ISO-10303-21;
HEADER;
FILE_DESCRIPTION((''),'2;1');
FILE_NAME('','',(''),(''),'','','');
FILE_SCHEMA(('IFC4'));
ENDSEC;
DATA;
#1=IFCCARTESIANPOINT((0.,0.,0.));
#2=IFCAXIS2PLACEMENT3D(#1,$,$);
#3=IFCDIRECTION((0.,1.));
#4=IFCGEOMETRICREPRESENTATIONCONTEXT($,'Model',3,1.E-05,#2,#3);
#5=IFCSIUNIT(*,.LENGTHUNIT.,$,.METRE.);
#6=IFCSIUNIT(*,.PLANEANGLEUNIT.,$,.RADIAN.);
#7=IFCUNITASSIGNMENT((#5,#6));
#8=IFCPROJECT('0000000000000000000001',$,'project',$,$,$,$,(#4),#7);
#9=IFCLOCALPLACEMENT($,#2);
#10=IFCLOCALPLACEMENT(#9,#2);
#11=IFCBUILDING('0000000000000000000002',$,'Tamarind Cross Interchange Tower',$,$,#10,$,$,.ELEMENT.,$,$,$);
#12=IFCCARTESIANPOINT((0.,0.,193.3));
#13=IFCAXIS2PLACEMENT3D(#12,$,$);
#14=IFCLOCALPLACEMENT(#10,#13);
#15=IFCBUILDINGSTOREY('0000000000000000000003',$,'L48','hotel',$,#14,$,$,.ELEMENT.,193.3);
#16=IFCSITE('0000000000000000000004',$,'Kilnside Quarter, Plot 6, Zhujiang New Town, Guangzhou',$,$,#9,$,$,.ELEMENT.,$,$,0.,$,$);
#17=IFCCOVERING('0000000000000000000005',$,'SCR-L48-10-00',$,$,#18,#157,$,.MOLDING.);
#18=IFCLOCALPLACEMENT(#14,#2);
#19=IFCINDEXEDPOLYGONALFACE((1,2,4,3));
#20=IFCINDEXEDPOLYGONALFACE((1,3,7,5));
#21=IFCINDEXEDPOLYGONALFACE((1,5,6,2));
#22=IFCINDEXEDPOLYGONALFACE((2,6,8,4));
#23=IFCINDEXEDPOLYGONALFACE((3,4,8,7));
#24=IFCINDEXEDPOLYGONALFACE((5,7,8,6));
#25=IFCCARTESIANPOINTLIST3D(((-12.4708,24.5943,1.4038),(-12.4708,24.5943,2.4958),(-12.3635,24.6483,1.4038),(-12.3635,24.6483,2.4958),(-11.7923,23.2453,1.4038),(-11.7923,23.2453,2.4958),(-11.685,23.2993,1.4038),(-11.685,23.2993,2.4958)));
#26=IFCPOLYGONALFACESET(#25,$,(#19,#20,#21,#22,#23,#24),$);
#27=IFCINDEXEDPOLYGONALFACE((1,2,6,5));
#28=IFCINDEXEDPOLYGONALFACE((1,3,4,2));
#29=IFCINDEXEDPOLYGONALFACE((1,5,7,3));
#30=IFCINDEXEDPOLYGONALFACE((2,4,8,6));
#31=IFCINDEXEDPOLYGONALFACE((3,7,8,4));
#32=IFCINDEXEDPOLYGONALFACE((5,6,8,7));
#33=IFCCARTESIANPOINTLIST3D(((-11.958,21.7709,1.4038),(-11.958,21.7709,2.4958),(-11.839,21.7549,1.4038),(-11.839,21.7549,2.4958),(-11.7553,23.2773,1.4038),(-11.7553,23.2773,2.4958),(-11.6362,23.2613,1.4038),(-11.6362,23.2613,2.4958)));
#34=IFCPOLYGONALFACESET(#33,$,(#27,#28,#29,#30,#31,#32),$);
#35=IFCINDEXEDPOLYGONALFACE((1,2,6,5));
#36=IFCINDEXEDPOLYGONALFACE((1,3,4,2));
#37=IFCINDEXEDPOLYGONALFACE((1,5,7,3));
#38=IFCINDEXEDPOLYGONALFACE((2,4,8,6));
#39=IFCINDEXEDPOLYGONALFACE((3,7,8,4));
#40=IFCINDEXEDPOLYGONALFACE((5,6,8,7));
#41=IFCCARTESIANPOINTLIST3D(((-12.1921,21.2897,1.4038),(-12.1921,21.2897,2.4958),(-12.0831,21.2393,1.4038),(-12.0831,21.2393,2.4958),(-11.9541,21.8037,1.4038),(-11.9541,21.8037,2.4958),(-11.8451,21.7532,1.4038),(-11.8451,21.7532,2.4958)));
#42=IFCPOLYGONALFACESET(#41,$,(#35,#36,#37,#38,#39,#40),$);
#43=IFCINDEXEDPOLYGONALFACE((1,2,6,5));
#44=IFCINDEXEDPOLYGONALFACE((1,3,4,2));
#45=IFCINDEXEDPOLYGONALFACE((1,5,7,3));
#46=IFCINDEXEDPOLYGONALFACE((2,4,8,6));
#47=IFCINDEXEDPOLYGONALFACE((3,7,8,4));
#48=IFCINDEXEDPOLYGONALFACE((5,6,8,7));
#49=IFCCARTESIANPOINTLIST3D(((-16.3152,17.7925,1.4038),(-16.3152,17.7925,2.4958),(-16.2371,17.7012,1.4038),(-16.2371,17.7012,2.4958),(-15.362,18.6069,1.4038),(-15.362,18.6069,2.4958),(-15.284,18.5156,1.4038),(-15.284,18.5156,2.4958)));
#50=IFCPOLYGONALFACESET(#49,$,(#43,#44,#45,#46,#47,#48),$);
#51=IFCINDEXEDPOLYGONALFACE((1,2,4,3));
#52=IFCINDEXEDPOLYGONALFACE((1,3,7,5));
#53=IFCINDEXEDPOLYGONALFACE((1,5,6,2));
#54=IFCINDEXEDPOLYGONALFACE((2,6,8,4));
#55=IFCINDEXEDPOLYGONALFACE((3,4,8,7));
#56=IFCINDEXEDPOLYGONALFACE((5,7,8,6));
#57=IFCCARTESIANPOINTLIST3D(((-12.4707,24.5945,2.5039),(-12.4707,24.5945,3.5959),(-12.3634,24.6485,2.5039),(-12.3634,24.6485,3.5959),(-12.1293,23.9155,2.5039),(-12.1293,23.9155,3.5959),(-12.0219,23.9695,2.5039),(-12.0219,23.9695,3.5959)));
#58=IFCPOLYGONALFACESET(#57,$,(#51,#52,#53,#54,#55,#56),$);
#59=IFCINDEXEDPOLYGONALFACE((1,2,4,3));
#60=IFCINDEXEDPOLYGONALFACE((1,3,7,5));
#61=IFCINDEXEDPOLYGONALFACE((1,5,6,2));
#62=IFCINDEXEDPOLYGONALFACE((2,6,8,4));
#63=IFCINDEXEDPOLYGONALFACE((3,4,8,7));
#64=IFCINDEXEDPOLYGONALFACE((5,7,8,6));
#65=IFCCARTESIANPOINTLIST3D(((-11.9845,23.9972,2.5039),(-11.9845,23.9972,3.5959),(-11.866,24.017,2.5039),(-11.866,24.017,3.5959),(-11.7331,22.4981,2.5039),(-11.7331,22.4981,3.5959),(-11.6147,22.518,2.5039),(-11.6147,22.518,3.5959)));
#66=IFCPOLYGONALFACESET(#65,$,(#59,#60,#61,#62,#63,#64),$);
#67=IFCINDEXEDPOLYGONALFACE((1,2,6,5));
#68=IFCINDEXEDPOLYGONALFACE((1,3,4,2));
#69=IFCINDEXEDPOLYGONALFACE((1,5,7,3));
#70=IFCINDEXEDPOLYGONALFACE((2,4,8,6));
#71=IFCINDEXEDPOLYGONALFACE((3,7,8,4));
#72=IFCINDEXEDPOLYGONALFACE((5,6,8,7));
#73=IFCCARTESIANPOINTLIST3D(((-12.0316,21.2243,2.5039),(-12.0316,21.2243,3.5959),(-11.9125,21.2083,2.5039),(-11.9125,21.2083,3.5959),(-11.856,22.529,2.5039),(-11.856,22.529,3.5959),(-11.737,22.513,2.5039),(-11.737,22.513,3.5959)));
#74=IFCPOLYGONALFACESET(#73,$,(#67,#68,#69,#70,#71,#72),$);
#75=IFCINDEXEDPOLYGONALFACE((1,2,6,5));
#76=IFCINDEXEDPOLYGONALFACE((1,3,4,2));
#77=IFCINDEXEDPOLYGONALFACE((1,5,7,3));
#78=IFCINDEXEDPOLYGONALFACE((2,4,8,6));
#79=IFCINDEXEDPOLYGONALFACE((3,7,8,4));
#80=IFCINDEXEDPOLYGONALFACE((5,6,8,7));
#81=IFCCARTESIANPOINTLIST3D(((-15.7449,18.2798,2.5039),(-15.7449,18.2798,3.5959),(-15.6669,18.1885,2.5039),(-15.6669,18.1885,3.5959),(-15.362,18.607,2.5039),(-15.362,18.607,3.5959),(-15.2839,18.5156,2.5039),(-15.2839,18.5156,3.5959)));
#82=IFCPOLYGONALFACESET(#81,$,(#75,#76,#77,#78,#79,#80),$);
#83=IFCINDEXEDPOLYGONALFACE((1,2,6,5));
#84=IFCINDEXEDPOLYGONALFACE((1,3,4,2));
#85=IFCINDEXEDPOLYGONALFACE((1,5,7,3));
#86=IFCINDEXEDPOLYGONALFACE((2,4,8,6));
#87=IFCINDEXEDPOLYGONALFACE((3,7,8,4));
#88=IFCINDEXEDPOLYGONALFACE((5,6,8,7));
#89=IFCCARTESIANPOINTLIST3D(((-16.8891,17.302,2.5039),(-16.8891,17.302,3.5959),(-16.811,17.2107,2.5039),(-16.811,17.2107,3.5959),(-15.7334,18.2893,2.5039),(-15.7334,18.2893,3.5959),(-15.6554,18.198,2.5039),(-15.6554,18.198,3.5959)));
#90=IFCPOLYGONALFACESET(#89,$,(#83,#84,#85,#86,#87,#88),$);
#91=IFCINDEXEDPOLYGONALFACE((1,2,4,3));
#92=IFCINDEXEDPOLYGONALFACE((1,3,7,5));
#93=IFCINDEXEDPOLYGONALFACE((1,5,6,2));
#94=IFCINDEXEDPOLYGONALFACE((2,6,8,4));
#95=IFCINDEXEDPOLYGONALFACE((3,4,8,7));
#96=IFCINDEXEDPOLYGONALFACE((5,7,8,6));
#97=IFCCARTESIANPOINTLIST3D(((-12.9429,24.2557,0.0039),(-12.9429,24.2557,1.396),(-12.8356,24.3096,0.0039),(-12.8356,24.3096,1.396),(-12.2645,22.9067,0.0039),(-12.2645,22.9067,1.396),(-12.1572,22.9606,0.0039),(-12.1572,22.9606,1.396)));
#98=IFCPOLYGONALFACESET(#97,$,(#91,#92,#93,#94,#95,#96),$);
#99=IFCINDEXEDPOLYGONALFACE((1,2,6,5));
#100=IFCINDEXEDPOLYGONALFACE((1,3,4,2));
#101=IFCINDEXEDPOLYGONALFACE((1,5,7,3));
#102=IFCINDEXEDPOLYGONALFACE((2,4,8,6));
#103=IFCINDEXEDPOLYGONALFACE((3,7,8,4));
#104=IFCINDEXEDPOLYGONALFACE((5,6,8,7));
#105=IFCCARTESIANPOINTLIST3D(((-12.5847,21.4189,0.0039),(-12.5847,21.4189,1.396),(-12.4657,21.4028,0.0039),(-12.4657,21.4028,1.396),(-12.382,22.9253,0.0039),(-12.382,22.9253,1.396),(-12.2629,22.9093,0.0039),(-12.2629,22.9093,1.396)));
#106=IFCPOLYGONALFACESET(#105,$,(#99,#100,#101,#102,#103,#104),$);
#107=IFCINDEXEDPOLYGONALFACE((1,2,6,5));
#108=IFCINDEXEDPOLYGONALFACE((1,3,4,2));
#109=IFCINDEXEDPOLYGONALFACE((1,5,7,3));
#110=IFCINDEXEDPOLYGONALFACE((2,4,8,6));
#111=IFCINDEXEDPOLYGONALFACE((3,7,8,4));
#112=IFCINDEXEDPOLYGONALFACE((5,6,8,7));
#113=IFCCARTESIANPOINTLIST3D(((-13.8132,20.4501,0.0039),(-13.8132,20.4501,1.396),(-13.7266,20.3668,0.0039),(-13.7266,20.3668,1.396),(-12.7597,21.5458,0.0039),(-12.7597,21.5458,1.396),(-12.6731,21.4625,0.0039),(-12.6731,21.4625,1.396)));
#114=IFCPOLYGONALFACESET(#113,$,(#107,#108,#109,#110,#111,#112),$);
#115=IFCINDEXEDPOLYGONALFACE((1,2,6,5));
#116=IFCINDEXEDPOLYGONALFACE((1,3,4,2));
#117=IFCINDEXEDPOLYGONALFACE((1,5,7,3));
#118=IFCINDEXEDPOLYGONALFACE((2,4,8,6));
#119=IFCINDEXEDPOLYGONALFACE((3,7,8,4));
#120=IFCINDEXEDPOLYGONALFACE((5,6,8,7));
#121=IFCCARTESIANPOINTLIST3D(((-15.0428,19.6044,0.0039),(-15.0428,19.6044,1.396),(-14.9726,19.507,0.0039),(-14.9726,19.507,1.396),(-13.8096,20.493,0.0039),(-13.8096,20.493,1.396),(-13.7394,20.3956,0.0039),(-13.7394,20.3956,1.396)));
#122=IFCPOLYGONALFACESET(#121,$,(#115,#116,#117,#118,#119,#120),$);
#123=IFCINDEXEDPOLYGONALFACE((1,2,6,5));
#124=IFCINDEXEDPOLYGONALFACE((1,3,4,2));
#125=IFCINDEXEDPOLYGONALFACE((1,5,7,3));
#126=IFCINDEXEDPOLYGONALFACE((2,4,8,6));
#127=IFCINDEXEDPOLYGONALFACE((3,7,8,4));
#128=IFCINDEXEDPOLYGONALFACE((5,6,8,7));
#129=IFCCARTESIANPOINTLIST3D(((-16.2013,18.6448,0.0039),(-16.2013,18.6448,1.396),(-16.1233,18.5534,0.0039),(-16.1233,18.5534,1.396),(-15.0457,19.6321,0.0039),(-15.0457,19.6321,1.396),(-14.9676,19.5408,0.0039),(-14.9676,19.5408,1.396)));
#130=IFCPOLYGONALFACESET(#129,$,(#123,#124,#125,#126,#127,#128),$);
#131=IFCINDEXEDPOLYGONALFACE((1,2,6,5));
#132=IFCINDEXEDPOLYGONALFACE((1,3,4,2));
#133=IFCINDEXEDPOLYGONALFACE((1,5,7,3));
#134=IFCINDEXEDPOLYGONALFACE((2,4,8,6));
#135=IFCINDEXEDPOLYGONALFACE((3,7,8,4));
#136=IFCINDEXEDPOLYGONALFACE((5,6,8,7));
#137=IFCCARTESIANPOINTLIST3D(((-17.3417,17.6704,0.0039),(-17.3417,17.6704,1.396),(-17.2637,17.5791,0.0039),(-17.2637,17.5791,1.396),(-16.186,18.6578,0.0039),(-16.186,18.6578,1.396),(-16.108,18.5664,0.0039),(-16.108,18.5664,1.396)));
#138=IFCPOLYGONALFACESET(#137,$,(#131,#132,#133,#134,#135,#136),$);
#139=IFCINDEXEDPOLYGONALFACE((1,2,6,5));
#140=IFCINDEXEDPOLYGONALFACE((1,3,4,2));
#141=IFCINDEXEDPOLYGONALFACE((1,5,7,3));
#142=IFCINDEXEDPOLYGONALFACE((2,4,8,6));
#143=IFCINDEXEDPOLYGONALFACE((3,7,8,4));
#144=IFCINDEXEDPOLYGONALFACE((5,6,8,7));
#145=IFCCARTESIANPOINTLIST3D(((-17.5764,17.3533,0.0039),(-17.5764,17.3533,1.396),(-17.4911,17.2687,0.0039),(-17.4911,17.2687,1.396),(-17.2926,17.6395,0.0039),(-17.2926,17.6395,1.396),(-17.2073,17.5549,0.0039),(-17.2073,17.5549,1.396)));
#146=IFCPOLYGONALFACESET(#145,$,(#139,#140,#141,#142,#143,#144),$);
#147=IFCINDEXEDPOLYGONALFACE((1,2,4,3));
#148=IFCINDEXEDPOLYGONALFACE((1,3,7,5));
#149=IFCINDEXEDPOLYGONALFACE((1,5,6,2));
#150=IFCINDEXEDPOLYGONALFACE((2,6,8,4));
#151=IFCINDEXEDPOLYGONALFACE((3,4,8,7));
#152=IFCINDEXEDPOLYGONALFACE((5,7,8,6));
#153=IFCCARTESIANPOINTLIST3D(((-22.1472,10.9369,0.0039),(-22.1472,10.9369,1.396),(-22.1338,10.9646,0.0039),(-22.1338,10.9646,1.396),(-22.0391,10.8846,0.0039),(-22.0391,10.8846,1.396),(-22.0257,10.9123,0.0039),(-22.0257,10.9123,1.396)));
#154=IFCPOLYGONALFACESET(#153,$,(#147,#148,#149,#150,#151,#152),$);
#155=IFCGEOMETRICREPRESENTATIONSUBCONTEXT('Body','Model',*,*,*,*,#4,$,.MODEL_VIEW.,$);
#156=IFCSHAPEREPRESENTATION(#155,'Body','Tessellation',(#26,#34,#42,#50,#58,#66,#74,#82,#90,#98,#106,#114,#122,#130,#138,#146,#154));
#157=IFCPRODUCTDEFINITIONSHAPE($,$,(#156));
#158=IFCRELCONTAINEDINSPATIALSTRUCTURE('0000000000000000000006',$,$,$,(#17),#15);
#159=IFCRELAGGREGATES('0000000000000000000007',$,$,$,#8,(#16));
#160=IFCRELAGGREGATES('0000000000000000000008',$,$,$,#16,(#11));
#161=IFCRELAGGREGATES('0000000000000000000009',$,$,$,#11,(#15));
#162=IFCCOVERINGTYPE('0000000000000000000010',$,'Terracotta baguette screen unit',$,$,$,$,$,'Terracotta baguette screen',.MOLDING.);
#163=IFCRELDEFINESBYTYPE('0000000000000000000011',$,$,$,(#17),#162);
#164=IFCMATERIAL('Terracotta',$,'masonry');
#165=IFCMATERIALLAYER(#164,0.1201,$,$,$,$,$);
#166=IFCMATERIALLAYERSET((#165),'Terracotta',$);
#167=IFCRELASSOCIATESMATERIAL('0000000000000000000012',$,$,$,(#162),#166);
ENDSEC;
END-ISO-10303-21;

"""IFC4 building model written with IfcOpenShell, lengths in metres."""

from ifc_helpers import new_model, si_unit, direction, frame, origin, origin_2d, place, context, subcontext, project, spatial, rectangle, extrude, material, layer, layer_set, type_object, element, save


model = new_model("IFC4")

# Units and contexts
model_context = context("Model", 3, precision=1e-05, world=origin(), true_north=direction((0.0, 1.0)))
body_context = subcontext(model_context, "Body", "Model", "MODEL_VIEW")
ifc_project = project(units=[si_unit("LENGTHUNIT", "METRE"), si_unit("PLANEANGLEUNIT", "RADIAN")], contexts=[model_context])

# Site, building, storey
site_placement = place(None, origin())
site = spatial("IfcSite", under=ifc_project, at=site_placement, Name="Kilnside Quarter, Plot 6, Zhujiang New Town, Guangzhou", CompositionType="ELEMENT", RefElevation=0.0)
building_placement = place(site_placement, origin())
building = spatial("IfcBuilding", under=site, at=building_placement, Name="Tamarind Cross Interchange Tower", CompositionType="ELEMENT")
storey_placement = place(building_placement, frame((0.0, 0.0, 193.3)))
storey = spatial("IfcBuildingStorey", under=building, at=storey_placement, Name="L48", Description="hotel", CompositionType="ELEMENT", Elevation=193.3)

# Covering
ifc_material_1 = material(Name="Terracotta", Category="masonry")
ifc_layer_1 = layer(ifc_material_1, 0.1201)
ifc_layer_set_1 = layer_set([ifc_layer_1], Name="Terracotta")
covering_type = type_object("IfcCoveringType", Name="Terracotta baguette screen unit", ElementType="Terracotta baguette screen", PredefinedType="MOLDING", material=ifc_layer_set_1)
covering_1_placement = place(storey_placement, origin())
element("IfcCovering", 1, at=covering_1_placement, inside=storey, type_object=covering_type, Name="SCR-L48-10-00", PredefinedType="MOLDING", context=body_context, shape_type="SweptSolid", body=[
    extrude(rectangle(XDim=1.51, YDim=0.1201, at=origin_2d()), frame((-12.0779, 23.9468, 1.4038), z_axis=(0.0, 0.0, 1.0), x_axis=(0.449312, -0.893375, 0.0)), (0.0, 0.0, 1.0), 1.092),
    extrude(rectangle(XDim=1.52, YDim=0.1201, at=origin_2d()), frame((-11.7971, 22.5161, 1.4038), z_axis=(0.0, 0.0, 1.0), x_axis=(-0.133372, -0.991066, 0.0)), (0.0, 0.0, 1.0), 1.092),
    extrude(rectangle(XDim=0.5664, YDim=0.1201, at=origin_2d()), frame((-12.0186, 21.5215, 1.4038), z_axis=(0.0, 0.0, 1.0), x_axis=(-0.420188, -0.907437, 0.0)), (0.0, 0.0, 1.0), 1.092),
    extrude(rectangle(XDim=1.2537, YDim=0.1201, at=origin_2d()), frame((-15.7996, 18.1541, 1.4038), z_axis=(0.0, 0.0, 1.0), x_axis=(-0.760296, -0.649577, 0.0)), (0.0, 0.0, 1.0), 1.092),
    extrude(rectangle(XDim=0.76, YDim=0.1201, at=origin_2d()), frame((-12.2463, 24.282, 2.5039), z_axis=(0.0, 0.0, 1.0), x_axis=(0.449312, -0.893375, 0.0)), (0.0, 0.0, 1.0), 1.092),
    extrude(rectangle(XDim=1.52, YDim=0.1201, at=origin_2d()), frame((-11.7996, 23.2576, 2.5039), z_axis=(0.0, 0.0, 1.0), x_axis=(0.16535, -0.986235, 0.0)), (0.0, 0.0, 1.0), 1.092),
    extrude(rectangle(XDim=1.3164, YDim=0.1201, at=origin_2d()), frame((-11.8843, 21.8687, 2.5039), z_axis=(0.0, 0.0, 1.0), x_axis=(-0.133372, -0.991066, 0.0)), (0.0, 0.0, 1.0), 1.092),
    extrude(rectangle(XDim=0.5037, YDim=0.1201, at=origin_2d()), frame((-15.5144, 18.3977, 2.5039), z_axis=(0.0, 0.0, 1.0), x_axis=(-0.760296, -0.649577, 0.0)), (0.0, 0.0, 1.0), 1.092),
    extrude(rectangle(XDim=1.52, YDim=0.1201, at=origin_2d()), frame((-16.2722, 17.75, 2.5039), z_axis=(0.0, 0.0, 1.0), x_axis=(-0.760296, -0.649577, 0.0)), (0.0, 0.0, 1.0), 1.092),
    extrude(rectangle(XDim=1.51, YDim=0.1201, at=origin_2d()), frame((-12.55, 23.6082, 0.0039), z_axis=(0.0, 0.0, 1.0), x_axis=(0.449312, -0.893375, 0.0)), (0.0, 0.0, 1.0), 1.3921),
    extrude(rectangle(XDim=1.52, YDim=0.1201, at=origin_2d()), frame((-12.4238, 22.1641, 0.0039), z_axis=(0.0, 0.0, 1.0), x_axis=(-0.133372, -0.991066, 0.0)), (0.0, 0.0, 1.0), 1.3921),
    extrude(rectangle(XDim=1.52, YDim=0.1201, at=origin_2d()), frame((-13.2432, 20.9563, 0.0039), z_axis=(0.0, 0.0, 1.0), x_axis=(-0.693084, -0.720856, 0.0)), (0.0, 0.0, 1.0), 1.3921),
    extrude(rectangle(XDim=1.52, YDim=0.1201, at=origin_2d()), frame((-14.3911, 20.0, 0.0039), z_axis=(0.0, 0.0, 1.0), x_axis=(-0.81134, -0.584574, 0.0)), (0.0, 0.0, 1.0), 1.3921),
    extrude(rectangle(XDim=1.52, YDim=0.1201, at=origin_2d()), frame((-15.5845, 19.0928, 0.0039), z_axis=(0.0, 0.0, 1.0), x_axis=(-0.760296, -0.649577, 0.0)), (0.0, 0.0, 1.0), 1.3921),
    extrude(rectangle(XDim=1.52, YDim=0.1201, at=origin_2d()), frame((-16.7249, 18.1184, 0.0039), z_axis=(0.0, 0.0, 1.0), x_axis=(-0.760296, -0.649577, 0.0)), (0.0, 0.0, 1.0), 1.3921),
    extrude(rectangle(XDim=0.4031, YDim=0.1201, at=origin_2d()), frame((-17.3918, 17.4541, 0.0039), z_axis=(0.0, 0.0, 1.0), x_axis=(-0.704057, -0.710143, 0.0)), (0.0, 0.0, 1.0), 1.3921),
    extrude(rectangle(XDim=0.0308, YDim=0.1201, at=origin_2d()), frame((-22.0864, 10.9246, 0.0039), z_axis=(0.0, 0.0, 1.0), x_axis=(-0.435326, -0.900273, 0.0)), (0.0, 0.0, 1.0), 1.3921),
])

save(model, "model.ifc")
